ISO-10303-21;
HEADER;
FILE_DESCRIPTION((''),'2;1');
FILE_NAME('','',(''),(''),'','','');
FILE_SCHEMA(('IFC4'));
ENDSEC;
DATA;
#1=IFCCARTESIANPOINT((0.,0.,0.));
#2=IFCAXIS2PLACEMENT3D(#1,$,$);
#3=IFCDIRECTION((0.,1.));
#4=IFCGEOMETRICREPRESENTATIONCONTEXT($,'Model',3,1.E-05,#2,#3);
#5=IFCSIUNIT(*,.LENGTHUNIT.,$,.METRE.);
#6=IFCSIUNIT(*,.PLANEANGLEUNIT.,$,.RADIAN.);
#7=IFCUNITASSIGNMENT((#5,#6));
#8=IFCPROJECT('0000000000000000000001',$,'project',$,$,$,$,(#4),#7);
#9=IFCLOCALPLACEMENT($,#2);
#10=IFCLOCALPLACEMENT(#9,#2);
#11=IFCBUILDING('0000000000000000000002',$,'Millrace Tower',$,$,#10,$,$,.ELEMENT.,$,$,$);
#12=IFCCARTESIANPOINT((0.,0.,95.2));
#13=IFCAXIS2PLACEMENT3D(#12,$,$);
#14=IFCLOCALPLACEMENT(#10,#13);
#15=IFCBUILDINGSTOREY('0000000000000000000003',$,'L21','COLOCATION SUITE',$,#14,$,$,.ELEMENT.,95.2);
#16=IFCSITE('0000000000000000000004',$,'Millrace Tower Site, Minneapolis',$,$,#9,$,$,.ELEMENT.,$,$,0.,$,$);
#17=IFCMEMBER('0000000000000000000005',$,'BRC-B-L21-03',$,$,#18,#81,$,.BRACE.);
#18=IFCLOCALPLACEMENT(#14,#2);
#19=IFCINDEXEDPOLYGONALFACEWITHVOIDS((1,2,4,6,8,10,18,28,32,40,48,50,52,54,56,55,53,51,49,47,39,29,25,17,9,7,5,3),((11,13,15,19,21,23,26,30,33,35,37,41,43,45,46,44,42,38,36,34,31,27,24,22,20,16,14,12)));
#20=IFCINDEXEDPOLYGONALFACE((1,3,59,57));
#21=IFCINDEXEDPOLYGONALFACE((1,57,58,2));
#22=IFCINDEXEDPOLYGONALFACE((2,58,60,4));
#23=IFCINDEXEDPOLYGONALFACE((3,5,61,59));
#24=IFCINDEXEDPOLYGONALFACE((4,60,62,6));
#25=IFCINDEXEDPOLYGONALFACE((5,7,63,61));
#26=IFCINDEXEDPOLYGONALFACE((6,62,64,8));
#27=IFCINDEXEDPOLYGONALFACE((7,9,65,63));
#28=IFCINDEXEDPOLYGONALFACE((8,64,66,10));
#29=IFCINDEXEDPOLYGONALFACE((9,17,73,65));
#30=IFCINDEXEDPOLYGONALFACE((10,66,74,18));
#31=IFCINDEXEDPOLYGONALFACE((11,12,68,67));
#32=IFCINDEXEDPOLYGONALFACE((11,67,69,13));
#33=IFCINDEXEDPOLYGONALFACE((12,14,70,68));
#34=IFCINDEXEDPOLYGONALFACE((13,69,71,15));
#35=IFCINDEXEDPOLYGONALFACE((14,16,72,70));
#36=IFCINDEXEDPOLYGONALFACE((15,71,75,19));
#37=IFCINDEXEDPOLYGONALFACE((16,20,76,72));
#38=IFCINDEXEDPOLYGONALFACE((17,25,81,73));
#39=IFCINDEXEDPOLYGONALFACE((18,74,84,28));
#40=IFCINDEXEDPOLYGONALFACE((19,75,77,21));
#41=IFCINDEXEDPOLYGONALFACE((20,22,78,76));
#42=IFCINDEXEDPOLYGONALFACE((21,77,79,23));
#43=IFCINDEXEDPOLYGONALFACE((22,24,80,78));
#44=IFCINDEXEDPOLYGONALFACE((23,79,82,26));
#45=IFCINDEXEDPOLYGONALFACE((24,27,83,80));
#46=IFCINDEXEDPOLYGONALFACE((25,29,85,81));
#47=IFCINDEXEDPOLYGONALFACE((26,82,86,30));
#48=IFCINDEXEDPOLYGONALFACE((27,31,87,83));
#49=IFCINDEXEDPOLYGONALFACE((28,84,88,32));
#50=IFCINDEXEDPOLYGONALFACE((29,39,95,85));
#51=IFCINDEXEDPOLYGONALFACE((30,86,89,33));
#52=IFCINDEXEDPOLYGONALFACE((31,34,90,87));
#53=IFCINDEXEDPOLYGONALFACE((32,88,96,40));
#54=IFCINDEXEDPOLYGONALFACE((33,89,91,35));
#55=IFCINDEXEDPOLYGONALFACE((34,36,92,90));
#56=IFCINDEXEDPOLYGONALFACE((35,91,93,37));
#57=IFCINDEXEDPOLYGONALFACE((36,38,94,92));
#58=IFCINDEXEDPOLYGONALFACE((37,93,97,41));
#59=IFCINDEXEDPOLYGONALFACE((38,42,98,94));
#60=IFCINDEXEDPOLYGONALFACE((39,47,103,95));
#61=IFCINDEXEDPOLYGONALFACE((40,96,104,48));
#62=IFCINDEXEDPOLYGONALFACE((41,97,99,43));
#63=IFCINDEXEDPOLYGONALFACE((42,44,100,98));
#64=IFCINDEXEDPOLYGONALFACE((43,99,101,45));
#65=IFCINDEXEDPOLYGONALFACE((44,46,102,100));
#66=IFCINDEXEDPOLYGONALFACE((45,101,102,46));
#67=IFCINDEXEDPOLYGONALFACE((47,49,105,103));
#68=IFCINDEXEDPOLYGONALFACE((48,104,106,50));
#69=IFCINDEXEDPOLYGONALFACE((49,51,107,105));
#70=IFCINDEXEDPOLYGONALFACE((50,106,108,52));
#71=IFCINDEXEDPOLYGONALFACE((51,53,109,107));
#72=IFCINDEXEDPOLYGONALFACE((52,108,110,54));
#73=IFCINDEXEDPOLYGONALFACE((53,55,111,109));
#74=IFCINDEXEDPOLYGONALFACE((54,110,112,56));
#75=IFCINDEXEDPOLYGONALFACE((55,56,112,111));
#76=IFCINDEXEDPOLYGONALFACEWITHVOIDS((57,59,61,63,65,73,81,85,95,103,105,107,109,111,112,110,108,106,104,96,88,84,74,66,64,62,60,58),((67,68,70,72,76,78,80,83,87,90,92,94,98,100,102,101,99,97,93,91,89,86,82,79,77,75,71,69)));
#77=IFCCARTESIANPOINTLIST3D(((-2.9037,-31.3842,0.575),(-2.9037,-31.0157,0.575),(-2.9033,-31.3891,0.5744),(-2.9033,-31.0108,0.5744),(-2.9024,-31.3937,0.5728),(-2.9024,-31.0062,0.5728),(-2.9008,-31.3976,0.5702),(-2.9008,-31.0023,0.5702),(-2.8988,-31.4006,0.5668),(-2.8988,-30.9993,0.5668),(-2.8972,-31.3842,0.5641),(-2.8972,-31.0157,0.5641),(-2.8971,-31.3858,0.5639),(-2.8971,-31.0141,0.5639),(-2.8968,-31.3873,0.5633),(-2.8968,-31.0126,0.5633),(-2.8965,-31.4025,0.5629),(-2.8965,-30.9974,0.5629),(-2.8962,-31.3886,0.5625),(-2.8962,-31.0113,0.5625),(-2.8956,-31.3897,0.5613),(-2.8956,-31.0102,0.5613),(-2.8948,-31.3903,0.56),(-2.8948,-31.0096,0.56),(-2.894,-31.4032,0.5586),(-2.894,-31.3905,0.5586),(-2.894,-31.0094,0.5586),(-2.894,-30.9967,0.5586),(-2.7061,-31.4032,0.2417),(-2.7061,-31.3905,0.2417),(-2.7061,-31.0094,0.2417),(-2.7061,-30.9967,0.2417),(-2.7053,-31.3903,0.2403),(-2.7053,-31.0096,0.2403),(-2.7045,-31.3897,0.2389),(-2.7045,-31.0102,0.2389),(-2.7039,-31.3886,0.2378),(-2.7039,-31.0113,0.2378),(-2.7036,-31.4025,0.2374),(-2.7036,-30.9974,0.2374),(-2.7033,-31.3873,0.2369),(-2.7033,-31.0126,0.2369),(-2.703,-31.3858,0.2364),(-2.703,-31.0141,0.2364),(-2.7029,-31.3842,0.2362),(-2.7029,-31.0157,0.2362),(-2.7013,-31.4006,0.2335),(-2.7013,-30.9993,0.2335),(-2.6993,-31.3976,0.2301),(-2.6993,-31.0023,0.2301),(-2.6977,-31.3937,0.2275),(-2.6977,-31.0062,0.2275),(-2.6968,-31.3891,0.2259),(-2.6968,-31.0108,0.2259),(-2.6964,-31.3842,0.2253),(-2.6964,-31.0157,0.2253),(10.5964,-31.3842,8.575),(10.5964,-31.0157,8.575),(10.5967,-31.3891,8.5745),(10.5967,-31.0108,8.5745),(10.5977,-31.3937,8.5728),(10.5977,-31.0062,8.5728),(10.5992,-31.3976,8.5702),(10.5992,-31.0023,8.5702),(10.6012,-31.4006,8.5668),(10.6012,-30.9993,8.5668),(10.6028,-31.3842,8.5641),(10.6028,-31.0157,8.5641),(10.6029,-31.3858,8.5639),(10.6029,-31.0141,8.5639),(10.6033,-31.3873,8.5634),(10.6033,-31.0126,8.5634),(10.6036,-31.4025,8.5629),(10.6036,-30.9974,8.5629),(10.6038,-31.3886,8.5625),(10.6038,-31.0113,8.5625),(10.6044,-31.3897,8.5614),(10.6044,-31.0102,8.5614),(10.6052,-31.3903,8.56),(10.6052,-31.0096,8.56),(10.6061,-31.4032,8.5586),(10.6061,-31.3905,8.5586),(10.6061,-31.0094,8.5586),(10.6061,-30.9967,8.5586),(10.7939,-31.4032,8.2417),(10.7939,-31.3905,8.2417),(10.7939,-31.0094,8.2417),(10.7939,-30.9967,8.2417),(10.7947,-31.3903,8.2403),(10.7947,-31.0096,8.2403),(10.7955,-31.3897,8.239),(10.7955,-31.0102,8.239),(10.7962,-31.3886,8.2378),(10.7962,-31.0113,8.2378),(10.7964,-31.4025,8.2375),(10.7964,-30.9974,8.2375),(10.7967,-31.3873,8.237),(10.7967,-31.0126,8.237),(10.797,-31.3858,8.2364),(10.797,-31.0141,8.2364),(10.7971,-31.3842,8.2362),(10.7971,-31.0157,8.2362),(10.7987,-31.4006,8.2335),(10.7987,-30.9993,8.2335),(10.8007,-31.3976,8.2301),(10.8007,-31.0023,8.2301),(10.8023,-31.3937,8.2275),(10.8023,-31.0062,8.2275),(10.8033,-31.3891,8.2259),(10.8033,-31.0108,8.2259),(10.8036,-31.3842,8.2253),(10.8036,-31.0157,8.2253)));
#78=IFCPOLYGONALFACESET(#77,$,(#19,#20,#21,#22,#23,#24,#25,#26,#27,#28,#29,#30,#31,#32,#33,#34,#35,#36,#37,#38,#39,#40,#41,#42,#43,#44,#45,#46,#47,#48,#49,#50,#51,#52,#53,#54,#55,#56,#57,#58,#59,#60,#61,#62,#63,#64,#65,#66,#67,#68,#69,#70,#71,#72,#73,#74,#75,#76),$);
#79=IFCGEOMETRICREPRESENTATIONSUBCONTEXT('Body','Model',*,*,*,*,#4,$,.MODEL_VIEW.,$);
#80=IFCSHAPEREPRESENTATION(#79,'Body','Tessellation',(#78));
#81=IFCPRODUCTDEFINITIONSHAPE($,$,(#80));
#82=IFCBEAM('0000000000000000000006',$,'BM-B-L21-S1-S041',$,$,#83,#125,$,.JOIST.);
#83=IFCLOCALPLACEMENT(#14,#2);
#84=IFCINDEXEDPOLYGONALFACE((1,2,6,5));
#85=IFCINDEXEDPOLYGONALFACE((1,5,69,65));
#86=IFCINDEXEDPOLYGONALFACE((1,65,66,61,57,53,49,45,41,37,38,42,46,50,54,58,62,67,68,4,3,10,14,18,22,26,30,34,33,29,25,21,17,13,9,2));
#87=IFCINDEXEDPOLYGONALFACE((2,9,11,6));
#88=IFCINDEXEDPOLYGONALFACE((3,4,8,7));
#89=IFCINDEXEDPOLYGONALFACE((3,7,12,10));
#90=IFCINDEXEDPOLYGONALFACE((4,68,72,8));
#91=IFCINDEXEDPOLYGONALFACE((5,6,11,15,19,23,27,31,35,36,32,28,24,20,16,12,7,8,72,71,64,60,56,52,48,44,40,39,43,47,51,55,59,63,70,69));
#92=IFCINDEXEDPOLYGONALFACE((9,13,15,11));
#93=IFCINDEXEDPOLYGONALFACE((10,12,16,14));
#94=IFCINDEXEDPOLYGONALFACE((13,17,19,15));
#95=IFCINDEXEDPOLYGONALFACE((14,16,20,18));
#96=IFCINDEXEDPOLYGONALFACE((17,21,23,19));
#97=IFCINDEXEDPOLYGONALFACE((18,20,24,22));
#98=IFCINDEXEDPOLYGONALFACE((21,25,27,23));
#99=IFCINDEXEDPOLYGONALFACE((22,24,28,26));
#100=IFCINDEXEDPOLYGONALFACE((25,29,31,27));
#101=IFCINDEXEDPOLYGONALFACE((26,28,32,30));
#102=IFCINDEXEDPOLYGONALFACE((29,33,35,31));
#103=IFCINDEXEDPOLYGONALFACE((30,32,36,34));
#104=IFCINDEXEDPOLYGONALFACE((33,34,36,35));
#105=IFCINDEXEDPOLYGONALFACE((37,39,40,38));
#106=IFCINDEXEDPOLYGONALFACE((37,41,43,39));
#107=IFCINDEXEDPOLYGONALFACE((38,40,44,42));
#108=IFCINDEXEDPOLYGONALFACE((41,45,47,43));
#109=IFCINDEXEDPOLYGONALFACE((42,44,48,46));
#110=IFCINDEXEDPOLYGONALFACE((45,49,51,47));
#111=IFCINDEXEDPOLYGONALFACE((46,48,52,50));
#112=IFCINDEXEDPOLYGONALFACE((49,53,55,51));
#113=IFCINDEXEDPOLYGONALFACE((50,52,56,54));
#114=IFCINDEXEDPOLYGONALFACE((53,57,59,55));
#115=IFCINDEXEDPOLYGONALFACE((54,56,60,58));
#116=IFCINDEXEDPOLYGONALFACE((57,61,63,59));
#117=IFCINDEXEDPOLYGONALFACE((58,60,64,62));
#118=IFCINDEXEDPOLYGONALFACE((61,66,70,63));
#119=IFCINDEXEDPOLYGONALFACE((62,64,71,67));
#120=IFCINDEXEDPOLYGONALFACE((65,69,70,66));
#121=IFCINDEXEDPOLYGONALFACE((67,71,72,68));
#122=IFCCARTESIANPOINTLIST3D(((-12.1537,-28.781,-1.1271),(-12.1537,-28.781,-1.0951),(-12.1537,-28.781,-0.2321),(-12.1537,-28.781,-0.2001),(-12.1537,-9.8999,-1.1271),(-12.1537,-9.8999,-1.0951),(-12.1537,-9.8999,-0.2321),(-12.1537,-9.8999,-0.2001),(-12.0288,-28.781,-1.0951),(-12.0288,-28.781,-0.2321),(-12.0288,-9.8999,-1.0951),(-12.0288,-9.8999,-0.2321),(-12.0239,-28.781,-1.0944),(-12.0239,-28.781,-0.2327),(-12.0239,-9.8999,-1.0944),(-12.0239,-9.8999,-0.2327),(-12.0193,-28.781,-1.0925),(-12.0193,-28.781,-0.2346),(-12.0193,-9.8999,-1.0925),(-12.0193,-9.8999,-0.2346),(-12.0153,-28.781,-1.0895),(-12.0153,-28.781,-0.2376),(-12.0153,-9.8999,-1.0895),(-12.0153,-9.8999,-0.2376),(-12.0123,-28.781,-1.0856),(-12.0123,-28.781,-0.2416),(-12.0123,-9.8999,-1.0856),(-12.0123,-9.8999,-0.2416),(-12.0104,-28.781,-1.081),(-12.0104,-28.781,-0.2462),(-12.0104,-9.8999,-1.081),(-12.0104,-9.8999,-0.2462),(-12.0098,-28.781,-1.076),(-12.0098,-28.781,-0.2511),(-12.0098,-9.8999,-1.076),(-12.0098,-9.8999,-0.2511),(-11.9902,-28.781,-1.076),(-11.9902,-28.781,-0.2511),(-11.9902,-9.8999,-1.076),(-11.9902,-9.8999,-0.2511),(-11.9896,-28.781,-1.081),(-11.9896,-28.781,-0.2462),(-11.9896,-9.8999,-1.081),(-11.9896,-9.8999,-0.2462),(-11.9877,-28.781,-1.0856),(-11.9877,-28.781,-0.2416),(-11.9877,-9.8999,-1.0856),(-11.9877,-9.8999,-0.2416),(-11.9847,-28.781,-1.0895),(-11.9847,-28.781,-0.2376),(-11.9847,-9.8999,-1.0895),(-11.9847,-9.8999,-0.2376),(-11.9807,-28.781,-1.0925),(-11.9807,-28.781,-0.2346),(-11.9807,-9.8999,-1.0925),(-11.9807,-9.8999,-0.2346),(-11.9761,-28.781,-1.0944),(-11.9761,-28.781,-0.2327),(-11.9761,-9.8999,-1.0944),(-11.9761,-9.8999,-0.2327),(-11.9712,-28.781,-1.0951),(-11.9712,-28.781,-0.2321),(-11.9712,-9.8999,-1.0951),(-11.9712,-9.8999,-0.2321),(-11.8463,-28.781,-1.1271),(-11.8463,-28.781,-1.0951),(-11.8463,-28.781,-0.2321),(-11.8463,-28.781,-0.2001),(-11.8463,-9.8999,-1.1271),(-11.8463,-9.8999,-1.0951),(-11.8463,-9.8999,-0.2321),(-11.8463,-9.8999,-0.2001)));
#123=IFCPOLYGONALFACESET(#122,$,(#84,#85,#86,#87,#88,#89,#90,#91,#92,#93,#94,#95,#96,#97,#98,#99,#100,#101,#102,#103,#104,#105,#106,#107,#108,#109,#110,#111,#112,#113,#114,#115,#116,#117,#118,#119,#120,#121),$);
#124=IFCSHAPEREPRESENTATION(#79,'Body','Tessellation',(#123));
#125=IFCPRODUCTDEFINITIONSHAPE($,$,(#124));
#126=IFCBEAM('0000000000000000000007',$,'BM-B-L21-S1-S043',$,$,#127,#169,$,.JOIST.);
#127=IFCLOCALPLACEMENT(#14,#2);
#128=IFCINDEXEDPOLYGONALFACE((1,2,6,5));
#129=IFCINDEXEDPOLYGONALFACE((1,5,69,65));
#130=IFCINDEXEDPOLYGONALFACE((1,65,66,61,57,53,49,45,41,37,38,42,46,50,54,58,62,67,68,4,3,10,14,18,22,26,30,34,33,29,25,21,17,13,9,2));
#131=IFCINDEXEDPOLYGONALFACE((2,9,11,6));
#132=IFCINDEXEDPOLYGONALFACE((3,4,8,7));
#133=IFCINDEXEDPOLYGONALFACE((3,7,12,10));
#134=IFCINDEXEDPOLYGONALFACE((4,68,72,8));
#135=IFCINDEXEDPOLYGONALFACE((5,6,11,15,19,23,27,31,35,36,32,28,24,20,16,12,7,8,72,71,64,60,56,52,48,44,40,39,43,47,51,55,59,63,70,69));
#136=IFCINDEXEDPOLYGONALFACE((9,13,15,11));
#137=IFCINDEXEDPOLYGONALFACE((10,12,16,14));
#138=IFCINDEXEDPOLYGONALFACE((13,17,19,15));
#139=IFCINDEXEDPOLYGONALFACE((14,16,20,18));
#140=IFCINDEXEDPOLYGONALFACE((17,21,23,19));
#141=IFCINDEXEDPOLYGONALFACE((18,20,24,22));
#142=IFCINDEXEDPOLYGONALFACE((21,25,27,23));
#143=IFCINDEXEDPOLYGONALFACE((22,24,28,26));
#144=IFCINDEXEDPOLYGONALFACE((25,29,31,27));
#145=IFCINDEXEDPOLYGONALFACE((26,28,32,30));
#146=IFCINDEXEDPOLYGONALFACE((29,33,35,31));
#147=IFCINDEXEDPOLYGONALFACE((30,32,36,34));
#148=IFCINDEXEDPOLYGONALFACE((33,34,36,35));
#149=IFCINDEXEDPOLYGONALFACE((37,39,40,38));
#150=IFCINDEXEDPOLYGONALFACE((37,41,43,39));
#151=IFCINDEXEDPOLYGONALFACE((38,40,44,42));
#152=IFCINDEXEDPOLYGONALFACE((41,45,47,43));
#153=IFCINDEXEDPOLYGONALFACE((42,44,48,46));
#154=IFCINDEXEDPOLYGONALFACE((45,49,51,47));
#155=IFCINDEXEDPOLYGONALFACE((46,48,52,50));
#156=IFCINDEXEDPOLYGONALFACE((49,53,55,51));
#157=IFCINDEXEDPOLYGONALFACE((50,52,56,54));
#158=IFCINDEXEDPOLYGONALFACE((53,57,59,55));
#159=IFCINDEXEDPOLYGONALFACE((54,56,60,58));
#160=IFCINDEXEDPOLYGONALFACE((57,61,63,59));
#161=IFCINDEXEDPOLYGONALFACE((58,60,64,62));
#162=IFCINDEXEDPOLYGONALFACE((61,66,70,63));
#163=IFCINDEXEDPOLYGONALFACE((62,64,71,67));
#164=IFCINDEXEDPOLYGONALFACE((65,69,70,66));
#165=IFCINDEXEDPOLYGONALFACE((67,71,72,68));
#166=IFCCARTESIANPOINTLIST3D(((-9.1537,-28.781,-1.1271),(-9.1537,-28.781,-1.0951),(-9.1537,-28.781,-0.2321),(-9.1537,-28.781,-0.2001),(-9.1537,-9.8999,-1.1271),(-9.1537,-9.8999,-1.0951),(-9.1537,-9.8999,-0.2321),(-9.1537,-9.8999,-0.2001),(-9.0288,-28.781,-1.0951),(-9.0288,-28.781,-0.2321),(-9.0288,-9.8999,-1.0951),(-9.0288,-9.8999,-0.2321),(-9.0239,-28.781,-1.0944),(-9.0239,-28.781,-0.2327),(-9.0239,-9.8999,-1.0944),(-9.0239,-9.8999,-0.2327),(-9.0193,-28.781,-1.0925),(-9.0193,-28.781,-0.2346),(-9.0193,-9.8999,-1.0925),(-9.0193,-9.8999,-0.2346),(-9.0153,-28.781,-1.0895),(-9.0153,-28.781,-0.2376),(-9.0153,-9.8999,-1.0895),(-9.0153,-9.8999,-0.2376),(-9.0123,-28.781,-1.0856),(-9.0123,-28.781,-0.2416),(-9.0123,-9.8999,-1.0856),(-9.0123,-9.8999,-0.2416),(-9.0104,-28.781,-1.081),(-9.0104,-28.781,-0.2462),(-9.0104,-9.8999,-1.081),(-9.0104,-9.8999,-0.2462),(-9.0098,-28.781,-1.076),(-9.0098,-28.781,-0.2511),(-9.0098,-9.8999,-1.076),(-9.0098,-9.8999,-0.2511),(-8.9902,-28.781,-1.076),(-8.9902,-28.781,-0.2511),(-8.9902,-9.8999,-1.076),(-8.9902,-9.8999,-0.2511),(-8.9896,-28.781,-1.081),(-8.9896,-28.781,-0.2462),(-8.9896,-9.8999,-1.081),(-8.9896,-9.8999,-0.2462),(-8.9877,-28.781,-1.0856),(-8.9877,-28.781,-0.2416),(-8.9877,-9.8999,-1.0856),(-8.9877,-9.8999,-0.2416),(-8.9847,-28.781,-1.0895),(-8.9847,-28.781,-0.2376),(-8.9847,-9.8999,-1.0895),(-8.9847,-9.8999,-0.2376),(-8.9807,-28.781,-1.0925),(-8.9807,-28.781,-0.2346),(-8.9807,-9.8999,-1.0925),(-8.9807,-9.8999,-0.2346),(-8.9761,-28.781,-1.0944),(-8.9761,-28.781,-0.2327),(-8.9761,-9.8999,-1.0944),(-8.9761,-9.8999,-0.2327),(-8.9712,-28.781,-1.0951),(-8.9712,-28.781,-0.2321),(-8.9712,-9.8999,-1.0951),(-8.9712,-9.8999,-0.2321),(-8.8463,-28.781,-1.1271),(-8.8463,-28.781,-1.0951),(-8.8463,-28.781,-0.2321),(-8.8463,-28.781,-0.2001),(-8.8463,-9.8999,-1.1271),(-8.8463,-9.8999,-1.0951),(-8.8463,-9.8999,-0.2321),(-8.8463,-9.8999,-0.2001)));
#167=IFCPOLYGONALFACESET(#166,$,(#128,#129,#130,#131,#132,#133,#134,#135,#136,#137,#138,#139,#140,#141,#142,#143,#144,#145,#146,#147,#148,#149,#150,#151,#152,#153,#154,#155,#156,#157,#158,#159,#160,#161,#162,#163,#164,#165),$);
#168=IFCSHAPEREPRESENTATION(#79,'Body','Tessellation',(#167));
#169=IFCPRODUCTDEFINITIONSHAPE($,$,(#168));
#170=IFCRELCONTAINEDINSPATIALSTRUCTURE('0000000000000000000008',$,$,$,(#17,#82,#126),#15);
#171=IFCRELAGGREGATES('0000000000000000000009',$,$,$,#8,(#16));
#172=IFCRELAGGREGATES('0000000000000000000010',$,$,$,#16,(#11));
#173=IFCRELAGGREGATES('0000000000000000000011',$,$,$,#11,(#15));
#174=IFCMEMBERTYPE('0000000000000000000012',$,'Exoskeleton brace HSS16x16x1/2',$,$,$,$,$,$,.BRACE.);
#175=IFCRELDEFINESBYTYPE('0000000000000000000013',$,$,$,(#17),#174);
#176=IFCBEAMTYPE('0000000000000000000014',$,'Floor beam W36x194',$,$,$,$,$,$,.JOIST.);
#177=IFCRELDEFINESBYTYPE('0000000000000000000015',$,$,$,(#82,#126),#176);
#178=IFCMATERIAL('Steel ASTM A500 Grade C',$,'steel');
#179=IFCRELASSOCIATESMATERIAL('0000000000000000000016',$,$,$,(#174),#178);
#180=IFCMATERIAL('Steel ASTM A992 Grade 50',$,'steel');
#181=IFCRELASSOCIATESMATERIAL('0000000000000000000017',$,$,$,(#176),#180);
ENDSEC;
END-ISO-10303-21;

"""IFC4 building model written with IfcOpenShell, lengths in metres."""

from ifc_helpers import new_model, si_unit, direction, frame, origin, origin_2d, place, context, subcontext, project, spatial, hollow_rectangle, i_section, extrude, material, material_profile, profile_set, type_object, element, save


model = new_model("IFC4")

# Units and contexts
model_context = context("Model", 3, precision=1e-05, world=origin(), true_north=direction((0.0, 1.0)))
body_context = subcontext(model_context, "Body", "Model", "MODEL_VIEW")
ifc_project = project(units=[si_unit("LENGTHUNIT", "METRE"), si_unit("PLANEANGLEUNIT", "RADIAN")], contexts=[model_context])

# Site, building, storey
site_placement = place(None, origin())
site = spatial("IfcSite", under=ifc_project, at=site_placement, Name="Millrace Tower Site, Minneapolis", CompositionType="ELEMENT", RefElevation=0.0)
building_placement = place(site_placement, origin())
building = spatial("IfcBuilding", under=site, at=building_placement, Name="Millrace Tower", CompositionType="ELEMENT")
storey_placement = place(building_placement, frame((0.0, 0.0, 95.2)))
storey = spatial("IfcBuildingStorey", under=building, at=storey_placement, Name="L21", Description="COLOCATION SUITE", CompositionType="ELEMENT", Elevation=95.2)

# Member
ifc_material_1 = material(Name="Steel ASTM A500 Grade C", Category="steel")
ifc_material_profile_1 = material_profile(ifc_material_1, hollow_rectangle(XDim=0.4065, YDim=0.4065, WallThickness=0.0127, InnerFilletRadius=0.0063, OuterFilletRadius=0.019, at=origin_2d()))
ifc_profile_set_1 = profile_set([ifc_material_profile_1], Name="Steel ASTM A500 Grade C")
member_type_1 = type_object("IfcMemberType", Name="Exoskeleton brace HSS16x16x1/2", PredefinedType="BRACE", material=ifc_profile_set_1)
member_1_placement = place(storey_placement, frame((-2.8, -31.2, 0.4001), z_axis=(0.860292, 0.0, 0.509802), x_axis=(0.0, 1.0, 0.0)))
element("IfcMember", 1, at=member_1_placement, inside=storey, type_object=member_type_1, Name="BRC-B-L21-03", PredefinedType="BRACE", context=body_context, shape_type="SweptSolid", body=[
    extrude(hollow_rectangle(XDim=0.4065, YDim=0.4065, WallThickness=0.0127, InnerFilletRadius=0.0063, OuterFilletRadius=0.019, at=origin_2d()), origin(), (0.0, 0.0, 1.0), 15.6924),
])

# Beams
ifc_material_2 = material(Name="Steel ASTM A992 Grade 50", Category="steel")
ifc_material_profile_2 = material_profile(ifc_material_2, i_section(OverallWidth=0.3074, OverallDepth=0.927, WebThickness=0.0195, FlangeThickness=0.032, FilletRadius=0.019, at=origin_2d()))
ifc_profile_set_2 = profile_set([ifc_material_profile_2], Name="Steel ASTM A992 Grade 50")
beam_type_1 = type_object("IfcBeamType", Name="Floor beam W36x194", PredefinedType="JOIST", material=ifc_profile_set_2)
for number, where, z_axis, x_axis, name in (
    (2, (-12.0, -28.781, -0.6636), (0.0, 1.0, 0.0), (-1.0, 0.0, 0.0), "BM-B-L21-S1-S041"),
    (3, (-9.0, -28.781, -0.6636), (0.0, 1.0, 0.0), (-1.0, 0.0, 0.0), "BM-B-L21-S1-S043"),
):
    element("IfcBeam", number, at=place(storey_placement, frame(where, z_axis=z_axis, x_axis=x_axis)), inside=storey, type_object=beam_type_1, Name=name, PredefinedType="JOIST", context=body_context, shape_type="SweptSolid", body=[
        extrude(i_section(OverallWidth=0.3074, OverallDepth=0.927, WebThickness=0.0195, FlangeThickness=0.032, FilletRadius=0.019, at=origin_2d()), origin(), (0.0, 0.0, 1.0), 18.8811),
    ])

save(model, "model.ifc")
